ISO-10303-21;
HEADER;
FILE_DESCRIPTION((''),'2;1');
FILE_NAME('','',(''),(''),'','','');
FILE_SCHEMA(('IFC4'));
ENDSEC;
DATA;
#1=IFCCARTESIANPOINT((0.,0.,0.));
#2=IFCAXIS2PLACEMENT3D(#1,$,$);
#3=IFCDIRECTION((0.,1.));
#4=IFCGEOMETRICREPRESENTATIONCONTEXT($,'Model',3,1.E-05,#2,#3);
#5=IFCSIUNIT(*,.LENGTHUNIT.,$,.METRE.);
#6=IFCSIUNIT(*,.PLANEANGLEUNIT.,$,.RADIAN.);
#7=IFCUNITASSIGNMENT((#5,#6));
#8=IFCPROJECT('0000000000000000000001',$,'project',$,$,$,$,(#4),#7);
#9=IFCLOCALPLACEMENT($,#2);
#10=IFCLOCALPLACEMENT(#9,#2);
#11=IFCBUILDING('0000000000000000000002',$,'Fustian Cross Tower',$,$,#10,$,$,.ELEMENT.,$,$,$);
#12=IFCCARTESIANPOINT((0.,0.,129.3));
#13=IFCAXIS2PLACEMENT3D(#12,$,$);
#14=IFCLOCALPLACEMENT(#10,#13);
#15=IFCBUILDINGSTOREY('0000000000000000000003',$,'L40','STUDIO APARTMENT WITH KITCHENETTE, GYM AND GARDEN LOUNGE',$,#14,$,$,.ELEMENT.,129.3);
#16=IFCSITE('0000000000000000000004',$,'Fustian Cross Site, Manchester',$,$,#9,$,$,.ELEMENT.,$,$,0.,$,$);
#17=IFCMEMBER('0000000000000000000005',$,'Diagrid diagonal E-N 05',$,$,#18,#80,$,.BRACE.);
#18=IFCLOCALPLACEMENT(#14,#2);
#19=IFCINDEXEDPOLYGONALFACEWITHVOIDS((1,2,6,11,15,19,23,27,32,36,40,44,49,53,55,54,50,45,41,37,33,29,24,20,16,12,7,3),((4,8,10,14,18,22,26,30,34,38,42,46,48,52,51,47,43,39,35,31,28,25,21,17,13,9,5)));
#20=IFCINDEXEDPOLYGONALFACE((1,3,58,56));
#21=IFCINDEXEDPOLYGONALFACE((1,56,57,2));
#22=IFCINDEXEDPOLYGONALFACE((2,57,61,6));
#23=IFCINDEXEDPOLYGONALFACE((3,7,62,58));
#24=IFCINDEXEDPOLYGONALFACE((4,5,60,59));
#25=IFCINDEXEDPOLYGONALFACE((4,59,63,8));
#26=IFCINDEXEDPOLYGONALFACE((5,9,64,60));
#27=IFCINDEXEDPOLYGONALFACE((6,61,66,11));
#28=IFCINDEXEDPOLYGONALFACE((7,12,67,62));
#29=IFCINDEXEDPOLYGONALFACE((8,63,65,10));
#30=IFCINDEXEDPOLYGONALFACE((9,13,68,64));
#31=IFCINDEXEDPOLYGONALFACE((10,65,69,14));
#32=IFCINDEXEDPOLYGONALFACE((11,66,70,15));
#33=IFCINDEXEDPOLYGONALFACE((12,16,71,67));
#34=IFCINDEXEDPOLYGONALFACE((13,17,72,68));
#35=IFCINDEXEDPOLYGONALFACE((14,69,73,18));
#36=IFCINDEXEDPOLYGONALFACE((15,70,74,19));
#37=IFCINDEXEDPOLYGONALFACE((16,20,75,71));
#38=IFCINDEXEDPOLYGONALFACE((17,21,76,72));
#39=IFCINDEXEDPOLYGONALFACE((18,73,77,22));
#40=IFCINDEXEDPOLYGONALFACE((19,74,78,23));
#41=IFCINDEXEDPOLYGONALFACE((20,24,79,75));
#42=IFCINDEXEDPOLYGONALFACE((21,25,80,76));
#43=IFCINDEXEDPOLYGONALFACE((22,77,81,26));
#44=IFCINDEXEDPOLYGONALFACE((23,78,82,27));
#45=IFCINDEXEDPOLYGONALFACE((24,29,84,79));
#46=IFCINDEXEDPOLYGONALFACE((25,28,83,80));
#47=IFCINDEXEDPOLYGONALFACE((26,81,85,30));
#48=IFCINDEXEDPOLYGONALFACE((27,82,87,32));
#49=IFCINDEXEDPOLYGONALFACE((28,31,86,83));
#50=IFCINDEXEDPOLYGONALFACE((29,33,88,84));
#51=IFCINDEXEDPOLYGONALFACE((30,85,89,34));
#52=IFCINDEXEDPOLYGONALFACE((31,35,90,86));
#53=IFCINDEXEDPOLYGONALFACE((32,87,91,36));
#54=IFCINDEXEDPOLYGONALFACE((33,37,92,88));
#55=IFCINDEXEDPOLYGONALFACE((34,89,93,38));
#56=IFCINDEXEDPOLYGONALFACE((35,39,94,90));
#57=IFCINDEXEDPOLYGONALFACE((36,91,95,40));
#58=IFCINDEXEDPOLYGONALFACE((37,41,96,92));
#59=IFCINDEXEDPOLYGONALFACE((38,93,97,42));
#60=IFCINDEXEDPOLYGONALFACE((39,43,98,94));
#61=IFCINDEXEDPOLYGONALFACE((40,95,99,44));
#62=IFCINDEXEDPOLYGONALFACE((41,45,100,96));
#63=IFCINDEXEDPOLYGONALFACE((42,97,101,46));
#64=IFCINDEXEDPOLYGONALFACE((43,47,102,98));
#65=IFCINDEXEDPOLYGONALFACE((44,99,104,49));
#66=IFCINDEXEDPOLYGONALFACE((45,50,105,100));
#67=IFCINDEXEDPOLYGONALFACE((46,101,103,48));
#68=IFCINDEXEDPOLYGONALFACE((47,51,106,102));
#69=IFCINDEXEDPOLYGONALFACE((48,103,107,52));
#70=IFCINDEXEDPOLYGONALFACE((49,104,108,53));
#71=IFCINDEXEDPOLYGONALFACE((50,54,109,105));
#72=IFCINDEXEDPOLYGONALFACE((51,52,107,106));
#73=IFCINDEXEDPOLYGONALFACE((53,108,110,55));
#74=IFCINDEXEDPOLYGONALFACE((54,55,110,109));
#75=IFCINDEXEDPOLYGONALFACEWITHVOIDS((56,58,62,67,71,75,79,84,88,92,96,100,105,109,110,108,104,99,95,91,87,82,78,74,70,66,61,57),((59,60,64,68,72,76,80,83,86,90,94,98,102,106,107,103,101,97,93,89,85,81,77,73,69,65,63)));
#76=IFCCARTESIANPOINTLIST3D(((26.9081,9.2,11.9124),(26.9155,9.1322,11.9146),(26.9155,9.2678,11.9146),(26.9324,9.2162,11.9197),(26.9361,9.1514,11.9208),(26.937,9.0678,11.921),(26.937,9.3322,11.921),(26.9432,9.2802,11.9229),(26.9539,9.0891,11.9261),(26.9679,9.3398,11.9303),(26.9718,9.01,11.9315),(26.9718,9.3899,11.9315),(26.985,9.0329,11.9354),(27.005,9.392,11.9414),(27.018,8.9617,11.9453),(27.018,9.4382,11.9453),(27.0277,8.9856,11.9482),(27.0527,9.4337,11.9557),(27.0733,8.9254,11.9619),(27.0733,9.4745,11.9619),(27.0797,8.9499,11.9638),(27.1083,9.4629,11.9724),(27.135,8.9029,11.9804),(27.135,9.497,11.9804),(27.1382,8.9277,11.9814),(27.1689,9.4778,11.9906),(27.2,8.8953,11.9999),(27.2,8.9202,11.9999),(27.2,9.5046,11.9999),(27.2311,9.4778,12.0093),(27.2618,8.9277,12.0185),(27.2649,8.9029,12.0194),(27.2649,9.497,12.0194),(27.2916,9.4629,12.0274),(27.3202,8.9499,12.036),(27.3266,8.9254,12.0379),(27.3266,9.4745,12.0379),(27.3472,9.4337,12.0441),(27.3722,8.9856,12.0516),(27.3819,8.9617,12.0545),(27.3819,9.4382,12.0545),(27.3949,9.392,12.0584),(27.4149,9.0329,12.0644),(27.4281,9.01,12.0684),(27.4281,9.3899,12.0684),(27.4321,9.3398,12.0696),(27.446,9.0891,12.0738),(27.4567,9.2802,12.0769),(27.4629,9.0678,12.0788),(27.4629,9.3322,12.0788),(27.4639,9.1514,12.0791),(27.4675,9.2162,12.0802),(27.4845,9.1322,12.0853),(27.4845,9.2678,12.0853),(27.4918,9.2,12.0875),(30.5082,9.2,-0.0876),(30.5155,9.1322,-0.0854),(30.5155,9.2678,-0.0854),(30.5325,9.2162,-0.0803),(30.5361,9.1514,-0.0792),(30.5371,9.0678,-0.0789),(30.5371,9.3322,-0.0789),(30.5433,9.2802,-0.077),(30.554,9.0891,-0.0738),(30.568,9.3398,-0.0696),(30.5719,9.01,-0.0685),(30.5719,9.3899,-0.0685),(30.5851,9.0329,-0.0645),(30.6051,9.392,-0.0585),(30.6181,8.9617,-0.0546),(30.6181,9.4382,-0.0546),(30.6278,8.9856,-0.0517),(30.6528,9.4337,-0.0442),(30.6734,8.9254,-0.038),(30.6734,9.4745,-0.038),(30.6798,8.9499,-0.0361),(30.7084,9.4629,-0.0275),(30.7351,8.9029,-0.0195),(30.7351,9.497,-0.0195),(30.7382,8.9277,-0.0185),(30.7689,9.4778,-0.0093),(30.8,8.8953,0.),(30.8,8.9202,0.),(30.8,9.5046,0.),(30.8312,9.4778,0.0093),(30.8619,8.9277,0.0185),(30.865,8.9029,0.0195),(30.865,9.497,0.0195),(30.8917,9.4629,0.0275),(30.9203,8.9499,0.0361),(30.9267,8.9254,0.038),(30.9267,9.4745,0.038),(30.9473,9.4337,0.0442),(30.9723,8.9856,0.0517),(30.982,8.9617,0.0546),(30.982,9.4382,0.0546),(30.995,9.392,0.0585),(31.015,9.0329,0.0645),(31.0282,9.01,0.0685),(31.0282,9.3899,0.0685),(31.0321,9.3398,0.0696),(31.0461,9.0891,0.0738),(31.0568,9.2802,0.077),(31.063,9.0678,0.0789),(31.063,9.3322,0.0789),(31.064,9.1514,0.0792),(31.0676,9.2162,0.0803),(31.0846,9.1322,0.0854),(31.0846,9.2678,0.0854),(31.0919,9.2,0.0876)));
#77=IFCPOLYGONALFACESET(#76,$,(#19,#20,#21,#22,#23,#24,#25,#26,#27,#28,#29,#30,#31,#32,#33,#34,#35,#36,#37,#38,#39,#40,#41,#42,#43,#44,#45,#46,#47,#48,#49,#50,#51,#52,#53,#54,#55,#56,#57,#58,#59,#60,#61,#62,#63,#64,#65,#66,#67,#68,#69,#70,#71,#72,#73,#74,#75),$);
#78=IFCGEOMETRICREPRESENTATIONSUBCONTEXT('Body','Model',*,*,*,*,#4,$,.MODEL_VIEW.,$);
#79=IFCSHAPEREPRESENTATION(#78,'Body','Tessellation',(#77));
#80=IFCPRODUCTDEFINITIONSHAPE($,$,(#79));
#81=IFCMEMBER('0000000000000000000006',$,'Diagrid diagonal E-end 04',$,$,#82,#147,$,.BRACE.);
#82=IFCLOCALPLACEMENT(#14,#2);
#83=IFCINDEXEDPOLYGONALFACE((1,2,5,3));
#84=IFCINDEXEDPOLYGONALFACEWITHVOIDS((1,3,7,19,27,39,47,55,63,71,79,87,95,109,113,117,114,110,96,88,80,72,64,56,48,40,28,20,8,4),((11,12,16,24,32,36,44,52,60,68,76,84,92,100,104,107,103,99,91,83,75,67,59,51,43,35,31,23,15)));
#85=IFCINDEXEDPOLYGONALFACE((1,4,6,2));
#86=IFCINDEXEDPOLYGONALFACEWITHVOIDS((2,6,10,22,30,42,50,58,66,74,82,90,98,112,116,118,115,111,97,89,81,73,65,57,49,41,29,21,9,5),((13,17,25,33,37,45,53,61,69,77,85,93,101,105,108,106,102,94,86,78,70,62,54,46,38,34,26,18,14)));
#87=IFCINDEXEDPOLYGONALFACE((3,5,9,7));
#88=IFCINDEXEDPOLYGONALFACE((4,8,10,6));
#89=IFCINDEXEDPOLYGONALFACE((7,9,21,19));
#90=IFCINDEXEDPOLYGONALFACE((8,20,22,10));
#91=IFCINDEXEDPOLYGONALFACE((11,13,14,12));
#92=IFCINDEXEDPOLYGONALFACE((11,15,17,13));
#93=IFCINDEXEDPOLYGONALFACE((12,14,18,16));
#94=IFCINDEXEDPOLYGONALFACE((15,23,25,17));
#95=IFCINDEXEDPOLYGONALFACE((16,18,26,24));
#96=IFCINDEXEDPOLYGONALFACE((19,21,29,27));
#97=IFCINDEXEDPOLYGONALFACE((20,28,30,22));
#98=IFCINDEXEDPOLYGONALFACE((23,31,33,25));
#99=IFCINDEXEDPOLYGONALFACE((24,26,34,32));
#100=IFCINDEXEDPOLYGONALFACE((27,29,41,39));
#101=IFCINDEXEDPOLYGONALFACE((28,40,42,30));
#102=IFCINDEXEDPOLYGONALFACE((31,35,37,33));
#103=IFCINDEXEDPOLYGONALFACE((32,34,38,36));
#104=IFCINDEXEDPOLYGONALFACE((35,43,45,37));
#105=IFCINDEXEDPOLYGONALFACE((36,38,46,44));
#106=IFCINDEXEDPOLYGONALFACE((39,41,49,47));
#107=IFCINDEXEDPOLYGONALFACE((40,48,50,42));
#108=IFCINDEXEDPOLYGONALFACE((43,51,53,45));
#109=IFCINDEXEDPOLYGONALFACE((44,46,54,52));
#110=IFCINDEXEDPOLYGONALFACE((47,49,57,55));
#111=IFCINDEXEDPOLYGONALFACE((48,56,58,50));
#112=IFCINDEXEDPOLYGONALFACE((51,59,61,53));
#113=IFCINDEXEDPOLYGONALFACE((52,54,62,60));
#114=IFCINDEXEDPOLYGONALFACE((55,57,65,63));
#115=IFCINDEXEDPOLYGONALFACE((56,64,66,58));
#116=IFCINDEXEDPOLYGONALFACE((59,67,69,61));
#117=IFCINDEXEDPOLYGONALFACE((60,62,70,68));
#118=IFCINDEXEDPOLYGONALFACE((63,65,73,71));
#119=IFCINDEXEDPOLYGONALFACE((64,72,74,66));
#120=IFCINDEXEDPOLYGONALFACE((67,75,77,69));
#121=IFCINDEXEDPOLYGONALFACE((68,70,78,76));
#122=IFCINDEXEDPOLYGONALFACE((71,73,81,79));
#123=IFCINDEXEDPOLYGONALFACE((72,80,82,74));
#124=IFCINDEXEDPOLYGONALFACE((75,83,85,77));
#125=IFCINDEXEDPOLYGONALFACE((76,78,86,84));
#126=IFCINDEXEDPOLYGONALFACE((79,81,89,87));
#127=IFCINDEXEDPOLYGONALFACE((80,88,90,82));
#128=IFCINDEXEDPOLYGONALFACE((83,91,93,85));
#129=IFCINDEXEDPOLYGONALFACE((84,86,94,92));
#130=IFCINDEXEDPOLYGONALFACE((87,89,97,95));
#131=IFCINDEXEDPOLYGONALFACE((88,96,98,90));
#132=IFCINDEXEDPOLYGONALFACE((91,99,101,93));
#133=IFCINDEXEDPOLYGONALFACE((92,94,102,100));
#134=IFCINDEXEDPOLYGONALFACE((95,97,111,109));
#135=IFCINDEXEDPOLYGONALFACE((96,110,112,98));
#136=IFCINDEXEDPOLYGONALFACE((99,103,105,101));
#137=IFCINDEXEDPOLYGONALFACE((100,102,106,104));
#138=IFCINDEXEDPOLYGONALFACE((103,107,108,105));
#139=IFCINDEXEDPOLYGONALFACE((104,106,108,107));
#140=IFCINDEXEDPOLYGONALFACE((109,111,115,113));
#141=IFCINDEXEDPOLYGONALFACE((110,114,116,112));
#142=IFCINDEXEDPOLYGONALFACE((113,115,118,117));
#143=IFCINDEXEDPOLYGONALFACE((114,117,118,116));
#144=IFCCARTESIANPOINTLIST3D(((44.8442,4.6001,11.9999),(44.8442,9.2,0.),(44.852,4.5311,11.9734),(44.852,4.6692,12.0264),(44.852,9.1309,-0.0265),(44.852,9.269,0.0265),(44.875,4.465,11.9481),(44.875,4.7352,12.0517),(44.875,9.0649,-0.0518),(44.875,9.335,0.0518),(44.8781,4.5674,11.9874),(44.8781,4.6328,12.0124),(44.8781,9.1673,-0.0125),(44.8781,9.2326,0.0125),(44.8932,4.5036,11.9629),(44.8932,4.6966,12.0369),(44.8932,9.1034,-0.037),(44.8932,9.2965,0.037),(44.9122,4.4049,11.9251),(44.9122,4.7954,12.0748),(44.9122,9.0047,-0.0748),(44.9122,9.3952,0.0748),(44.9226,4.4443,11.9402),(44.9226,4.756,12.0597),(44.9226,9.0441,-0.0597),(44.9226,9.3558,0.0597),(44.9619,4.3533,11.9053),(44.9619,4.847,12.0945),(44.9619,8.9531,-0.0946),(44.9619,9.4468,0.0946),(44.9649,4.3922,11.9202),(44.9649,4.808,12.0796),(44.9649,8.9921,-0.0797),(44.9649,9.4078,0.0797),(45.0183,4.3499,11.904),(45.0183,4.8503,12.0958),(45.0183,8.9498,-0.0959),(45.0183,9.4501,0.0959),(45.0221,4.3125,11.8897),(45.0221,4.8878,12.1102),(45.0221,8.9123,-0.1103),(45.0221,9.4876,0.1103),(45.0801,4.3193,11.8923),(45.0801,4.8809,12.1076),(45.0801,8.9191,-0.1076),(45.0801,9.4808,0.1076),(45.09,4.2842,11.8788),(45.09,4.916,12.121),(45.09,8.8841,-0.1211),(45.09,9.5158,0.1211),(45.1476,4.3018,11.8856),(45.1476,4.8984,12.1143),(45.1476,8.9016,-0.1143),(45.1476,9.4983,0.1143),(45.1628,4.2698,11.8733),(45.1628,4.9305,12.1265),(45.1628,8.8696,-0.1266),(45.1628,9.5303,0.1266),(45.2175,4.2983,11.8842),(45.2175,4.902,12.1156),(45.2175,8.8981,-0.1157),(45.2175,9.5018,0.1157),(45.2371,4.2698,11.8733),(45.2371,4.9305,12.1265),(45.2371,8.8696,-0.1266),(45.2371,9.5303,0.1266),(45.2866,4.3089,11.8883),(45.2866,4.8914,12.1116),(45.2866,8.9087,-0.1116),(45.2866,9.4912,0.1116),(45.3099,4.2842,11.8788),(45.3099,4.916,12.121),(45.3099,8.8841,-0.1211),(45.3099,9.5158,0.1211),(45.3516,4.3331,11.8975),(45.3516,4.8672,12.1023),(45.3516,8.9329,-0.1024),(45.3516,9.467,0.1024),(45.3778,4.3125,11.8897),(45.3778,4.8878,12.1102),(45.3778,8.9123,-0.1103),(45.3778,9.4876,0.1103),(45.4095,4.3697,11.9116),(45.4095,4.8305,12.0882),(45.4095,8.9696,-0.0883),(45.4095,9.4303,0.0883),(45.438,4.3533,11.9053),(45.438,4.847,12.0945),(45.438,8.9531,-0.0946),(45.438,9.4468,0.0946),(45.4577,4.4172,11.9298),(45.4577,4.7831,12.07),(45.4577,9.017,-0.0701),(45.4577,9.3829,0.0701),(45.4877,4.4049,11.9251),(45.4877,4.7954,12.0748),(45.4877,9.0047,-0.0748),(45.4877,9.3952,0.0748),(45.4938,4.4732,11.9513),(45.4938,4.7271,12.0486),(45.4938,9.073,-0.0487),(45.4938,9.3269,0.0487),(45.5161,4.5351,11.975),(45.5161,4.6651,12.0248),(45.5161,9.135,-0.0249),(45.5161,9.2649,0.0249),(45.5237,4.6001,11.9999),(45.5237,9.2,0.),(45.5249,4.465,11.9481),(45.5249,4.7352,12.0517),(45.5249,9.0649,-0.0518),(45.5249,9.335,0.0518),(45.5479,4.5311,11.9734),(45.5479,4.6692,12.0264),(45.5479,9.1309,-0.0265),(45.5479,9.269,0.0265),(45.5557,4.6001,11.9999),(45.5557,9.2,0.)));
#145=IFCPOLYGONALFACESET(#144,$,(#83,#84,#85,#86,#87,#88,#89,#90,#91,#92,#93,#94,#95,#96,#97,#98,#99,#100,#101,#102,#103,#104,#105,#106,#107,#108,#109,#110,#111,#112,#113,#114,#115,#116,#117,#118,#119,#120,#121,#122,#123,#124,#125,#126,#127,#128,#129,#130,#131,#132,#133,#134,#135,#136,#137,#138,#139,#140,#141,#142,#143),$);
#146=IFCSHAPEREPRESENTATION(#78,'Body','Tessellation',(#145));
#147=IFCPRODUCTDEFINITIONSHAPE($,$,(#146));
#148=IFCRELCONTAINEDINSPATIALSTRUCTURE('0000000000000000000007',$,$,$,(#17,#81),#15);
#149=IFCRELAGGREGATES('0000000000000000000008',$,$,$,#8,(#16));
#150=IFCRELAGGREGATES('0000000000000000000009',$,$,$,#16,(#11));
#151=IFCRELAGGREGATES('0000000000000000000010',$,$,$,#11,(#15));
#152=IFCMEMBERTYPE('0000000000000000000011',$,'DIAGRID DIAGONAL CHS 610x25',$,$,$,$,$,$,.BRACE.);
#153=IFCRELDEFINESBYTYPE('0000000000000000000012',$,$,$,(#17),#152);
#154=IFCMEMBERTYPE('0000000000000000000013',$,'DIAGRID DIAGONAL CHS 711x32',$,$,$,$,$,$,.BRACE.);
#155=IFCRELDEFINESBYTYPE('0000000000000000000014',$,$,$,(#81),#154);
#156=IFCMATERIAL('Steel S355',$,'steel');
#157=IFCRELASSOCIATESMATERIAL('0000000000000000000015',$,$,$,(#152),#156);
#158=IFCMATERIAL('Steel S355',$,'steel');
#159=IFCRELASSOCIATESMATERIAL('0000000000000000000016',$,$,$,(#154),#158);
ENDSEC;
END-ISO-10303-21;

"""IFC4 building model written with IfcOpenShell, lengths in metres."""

from ifc_helpers import new_model, si_unit, direction, frame, origin, origin_2d, place, context, subcontext, project, spatial, hollow_circle, extrude, material, material_profile, profile_set, type_object, element, save


model = new_model("IFC4")

# Units and contexts
model_context = context("Model", 3, precision=1e-05, world=origin(), true_north=direction((0.0, 1.0)))
body_context = subcontext(model_context, "Body", "Model", "MODEL_VIEW")
ifc_project = project(units=[si_unit("LENGTHUNIT", "METRE"), si_unit("PLANEANGLEUNIT", "RADIAN")], contexts=[model_context])

# Site, building, storey
site_placement = place(None, origin())
site = spatial("IfcSite", under=ifc_project, at=site_placement, Name="Fustian Cross Site, Manchester", CompositionType="ELEMENT", RefElevation=0.0)
building_placement = place(site_placement, origin())
building = spatial("IfcBuilding", under=site, at=building_placement, Name="Fustian Cross Tower", CompositionType="ELEMENT")
storey_placement = place(building_placement, frame((0.0, 0.0, 129.3)))
storey = spatial("IfcBuildingStorey", under=building, at=storey_placement, Name="L40", Description="STUDIO APARTMENT WITH KITCHENETTE, GYM AND GARDEN LOUNGE", CompositionType="ELEMENT", Elevation=129.3)

# Members
ifc_material_1 = material(Name="Steel S355", Category="steel")
ifc_material_profile_1 = material_profile(ifc_material_1, hollow_circle(Radius=0.3047, WallThickness=0.0249, at=origin_2d()), Name="CHS 610x25")
ifc_profile_set_1 = profile_set([ifc_material_profile_1], Name="Steel S355")
member_type_1 = type_object("IfcMemberType", Name="DIAGRID DIAGONAL CHS 610x25", PredefinedType="BRACE", material=ifc_profile_set_1)
for number, where, z_axis, x_axis, name in (
    (1, (30.8, 9.2, 0.0), (-0.287355, 0.0, 0.957824), (0.0, -1.0, 0.0), "Diagrid diagonal E-N 05"),
):
    element("IfcMember", number, at=place(storey_placement, frame(where, z_axis=z_axis, x_axis=x_axis)), inside=storey, type_object=member_type_1, Name=name, PredefinedType="BRACE", context=body_context, shape_type="SweptSolid", body=[
        extrude(hollow_circle(Radius=0.3047, WallThickness=0.0249, at=origin_2d()), origin(), (0.0, 0.0, 1.0), 12.5283),
    ])
ifc_material_2 = material(Name="Steel S355", Category="steel")
ifc_material_profile_2 = material_profile(ifc_material_2, hollow_circle(Radius=0.3557, WallThickness=0.032, at=origin_2d()), Name="CHS 711x32")
ifc_profile_set_2 = profile_set([ifc_material_profile_2], Name="Steel S355")
member_type_2 = type_object("IfcMemberType", Name="DIAGRID DIAGONAL CHS 711x32", PredefinedType="BRACE", material=ifc_profile_set_2)
member_1_placement = place(storey_placement, frame((45.2, 9.2, 0.0), z_axis=(0.0, -0.357926, 0.93375), x_axis=(1.0, 0.0, 0.0)))
element("IfcMember", 2, at=member_1_placement, inside=storey, type_object=member_type_2, Name="Diagrid diagonal E-end 04", PredefinedType="BRACE", context=body_context, shape_type="SweptSolid", body=[
    extrude(hollow_circle(Radius=0.3557, WallThickness=0.032, at=origin_2d()), origin(), (0.0, 0.0, 1.0), 12.8513),
])

save(model, "model.ifc")
